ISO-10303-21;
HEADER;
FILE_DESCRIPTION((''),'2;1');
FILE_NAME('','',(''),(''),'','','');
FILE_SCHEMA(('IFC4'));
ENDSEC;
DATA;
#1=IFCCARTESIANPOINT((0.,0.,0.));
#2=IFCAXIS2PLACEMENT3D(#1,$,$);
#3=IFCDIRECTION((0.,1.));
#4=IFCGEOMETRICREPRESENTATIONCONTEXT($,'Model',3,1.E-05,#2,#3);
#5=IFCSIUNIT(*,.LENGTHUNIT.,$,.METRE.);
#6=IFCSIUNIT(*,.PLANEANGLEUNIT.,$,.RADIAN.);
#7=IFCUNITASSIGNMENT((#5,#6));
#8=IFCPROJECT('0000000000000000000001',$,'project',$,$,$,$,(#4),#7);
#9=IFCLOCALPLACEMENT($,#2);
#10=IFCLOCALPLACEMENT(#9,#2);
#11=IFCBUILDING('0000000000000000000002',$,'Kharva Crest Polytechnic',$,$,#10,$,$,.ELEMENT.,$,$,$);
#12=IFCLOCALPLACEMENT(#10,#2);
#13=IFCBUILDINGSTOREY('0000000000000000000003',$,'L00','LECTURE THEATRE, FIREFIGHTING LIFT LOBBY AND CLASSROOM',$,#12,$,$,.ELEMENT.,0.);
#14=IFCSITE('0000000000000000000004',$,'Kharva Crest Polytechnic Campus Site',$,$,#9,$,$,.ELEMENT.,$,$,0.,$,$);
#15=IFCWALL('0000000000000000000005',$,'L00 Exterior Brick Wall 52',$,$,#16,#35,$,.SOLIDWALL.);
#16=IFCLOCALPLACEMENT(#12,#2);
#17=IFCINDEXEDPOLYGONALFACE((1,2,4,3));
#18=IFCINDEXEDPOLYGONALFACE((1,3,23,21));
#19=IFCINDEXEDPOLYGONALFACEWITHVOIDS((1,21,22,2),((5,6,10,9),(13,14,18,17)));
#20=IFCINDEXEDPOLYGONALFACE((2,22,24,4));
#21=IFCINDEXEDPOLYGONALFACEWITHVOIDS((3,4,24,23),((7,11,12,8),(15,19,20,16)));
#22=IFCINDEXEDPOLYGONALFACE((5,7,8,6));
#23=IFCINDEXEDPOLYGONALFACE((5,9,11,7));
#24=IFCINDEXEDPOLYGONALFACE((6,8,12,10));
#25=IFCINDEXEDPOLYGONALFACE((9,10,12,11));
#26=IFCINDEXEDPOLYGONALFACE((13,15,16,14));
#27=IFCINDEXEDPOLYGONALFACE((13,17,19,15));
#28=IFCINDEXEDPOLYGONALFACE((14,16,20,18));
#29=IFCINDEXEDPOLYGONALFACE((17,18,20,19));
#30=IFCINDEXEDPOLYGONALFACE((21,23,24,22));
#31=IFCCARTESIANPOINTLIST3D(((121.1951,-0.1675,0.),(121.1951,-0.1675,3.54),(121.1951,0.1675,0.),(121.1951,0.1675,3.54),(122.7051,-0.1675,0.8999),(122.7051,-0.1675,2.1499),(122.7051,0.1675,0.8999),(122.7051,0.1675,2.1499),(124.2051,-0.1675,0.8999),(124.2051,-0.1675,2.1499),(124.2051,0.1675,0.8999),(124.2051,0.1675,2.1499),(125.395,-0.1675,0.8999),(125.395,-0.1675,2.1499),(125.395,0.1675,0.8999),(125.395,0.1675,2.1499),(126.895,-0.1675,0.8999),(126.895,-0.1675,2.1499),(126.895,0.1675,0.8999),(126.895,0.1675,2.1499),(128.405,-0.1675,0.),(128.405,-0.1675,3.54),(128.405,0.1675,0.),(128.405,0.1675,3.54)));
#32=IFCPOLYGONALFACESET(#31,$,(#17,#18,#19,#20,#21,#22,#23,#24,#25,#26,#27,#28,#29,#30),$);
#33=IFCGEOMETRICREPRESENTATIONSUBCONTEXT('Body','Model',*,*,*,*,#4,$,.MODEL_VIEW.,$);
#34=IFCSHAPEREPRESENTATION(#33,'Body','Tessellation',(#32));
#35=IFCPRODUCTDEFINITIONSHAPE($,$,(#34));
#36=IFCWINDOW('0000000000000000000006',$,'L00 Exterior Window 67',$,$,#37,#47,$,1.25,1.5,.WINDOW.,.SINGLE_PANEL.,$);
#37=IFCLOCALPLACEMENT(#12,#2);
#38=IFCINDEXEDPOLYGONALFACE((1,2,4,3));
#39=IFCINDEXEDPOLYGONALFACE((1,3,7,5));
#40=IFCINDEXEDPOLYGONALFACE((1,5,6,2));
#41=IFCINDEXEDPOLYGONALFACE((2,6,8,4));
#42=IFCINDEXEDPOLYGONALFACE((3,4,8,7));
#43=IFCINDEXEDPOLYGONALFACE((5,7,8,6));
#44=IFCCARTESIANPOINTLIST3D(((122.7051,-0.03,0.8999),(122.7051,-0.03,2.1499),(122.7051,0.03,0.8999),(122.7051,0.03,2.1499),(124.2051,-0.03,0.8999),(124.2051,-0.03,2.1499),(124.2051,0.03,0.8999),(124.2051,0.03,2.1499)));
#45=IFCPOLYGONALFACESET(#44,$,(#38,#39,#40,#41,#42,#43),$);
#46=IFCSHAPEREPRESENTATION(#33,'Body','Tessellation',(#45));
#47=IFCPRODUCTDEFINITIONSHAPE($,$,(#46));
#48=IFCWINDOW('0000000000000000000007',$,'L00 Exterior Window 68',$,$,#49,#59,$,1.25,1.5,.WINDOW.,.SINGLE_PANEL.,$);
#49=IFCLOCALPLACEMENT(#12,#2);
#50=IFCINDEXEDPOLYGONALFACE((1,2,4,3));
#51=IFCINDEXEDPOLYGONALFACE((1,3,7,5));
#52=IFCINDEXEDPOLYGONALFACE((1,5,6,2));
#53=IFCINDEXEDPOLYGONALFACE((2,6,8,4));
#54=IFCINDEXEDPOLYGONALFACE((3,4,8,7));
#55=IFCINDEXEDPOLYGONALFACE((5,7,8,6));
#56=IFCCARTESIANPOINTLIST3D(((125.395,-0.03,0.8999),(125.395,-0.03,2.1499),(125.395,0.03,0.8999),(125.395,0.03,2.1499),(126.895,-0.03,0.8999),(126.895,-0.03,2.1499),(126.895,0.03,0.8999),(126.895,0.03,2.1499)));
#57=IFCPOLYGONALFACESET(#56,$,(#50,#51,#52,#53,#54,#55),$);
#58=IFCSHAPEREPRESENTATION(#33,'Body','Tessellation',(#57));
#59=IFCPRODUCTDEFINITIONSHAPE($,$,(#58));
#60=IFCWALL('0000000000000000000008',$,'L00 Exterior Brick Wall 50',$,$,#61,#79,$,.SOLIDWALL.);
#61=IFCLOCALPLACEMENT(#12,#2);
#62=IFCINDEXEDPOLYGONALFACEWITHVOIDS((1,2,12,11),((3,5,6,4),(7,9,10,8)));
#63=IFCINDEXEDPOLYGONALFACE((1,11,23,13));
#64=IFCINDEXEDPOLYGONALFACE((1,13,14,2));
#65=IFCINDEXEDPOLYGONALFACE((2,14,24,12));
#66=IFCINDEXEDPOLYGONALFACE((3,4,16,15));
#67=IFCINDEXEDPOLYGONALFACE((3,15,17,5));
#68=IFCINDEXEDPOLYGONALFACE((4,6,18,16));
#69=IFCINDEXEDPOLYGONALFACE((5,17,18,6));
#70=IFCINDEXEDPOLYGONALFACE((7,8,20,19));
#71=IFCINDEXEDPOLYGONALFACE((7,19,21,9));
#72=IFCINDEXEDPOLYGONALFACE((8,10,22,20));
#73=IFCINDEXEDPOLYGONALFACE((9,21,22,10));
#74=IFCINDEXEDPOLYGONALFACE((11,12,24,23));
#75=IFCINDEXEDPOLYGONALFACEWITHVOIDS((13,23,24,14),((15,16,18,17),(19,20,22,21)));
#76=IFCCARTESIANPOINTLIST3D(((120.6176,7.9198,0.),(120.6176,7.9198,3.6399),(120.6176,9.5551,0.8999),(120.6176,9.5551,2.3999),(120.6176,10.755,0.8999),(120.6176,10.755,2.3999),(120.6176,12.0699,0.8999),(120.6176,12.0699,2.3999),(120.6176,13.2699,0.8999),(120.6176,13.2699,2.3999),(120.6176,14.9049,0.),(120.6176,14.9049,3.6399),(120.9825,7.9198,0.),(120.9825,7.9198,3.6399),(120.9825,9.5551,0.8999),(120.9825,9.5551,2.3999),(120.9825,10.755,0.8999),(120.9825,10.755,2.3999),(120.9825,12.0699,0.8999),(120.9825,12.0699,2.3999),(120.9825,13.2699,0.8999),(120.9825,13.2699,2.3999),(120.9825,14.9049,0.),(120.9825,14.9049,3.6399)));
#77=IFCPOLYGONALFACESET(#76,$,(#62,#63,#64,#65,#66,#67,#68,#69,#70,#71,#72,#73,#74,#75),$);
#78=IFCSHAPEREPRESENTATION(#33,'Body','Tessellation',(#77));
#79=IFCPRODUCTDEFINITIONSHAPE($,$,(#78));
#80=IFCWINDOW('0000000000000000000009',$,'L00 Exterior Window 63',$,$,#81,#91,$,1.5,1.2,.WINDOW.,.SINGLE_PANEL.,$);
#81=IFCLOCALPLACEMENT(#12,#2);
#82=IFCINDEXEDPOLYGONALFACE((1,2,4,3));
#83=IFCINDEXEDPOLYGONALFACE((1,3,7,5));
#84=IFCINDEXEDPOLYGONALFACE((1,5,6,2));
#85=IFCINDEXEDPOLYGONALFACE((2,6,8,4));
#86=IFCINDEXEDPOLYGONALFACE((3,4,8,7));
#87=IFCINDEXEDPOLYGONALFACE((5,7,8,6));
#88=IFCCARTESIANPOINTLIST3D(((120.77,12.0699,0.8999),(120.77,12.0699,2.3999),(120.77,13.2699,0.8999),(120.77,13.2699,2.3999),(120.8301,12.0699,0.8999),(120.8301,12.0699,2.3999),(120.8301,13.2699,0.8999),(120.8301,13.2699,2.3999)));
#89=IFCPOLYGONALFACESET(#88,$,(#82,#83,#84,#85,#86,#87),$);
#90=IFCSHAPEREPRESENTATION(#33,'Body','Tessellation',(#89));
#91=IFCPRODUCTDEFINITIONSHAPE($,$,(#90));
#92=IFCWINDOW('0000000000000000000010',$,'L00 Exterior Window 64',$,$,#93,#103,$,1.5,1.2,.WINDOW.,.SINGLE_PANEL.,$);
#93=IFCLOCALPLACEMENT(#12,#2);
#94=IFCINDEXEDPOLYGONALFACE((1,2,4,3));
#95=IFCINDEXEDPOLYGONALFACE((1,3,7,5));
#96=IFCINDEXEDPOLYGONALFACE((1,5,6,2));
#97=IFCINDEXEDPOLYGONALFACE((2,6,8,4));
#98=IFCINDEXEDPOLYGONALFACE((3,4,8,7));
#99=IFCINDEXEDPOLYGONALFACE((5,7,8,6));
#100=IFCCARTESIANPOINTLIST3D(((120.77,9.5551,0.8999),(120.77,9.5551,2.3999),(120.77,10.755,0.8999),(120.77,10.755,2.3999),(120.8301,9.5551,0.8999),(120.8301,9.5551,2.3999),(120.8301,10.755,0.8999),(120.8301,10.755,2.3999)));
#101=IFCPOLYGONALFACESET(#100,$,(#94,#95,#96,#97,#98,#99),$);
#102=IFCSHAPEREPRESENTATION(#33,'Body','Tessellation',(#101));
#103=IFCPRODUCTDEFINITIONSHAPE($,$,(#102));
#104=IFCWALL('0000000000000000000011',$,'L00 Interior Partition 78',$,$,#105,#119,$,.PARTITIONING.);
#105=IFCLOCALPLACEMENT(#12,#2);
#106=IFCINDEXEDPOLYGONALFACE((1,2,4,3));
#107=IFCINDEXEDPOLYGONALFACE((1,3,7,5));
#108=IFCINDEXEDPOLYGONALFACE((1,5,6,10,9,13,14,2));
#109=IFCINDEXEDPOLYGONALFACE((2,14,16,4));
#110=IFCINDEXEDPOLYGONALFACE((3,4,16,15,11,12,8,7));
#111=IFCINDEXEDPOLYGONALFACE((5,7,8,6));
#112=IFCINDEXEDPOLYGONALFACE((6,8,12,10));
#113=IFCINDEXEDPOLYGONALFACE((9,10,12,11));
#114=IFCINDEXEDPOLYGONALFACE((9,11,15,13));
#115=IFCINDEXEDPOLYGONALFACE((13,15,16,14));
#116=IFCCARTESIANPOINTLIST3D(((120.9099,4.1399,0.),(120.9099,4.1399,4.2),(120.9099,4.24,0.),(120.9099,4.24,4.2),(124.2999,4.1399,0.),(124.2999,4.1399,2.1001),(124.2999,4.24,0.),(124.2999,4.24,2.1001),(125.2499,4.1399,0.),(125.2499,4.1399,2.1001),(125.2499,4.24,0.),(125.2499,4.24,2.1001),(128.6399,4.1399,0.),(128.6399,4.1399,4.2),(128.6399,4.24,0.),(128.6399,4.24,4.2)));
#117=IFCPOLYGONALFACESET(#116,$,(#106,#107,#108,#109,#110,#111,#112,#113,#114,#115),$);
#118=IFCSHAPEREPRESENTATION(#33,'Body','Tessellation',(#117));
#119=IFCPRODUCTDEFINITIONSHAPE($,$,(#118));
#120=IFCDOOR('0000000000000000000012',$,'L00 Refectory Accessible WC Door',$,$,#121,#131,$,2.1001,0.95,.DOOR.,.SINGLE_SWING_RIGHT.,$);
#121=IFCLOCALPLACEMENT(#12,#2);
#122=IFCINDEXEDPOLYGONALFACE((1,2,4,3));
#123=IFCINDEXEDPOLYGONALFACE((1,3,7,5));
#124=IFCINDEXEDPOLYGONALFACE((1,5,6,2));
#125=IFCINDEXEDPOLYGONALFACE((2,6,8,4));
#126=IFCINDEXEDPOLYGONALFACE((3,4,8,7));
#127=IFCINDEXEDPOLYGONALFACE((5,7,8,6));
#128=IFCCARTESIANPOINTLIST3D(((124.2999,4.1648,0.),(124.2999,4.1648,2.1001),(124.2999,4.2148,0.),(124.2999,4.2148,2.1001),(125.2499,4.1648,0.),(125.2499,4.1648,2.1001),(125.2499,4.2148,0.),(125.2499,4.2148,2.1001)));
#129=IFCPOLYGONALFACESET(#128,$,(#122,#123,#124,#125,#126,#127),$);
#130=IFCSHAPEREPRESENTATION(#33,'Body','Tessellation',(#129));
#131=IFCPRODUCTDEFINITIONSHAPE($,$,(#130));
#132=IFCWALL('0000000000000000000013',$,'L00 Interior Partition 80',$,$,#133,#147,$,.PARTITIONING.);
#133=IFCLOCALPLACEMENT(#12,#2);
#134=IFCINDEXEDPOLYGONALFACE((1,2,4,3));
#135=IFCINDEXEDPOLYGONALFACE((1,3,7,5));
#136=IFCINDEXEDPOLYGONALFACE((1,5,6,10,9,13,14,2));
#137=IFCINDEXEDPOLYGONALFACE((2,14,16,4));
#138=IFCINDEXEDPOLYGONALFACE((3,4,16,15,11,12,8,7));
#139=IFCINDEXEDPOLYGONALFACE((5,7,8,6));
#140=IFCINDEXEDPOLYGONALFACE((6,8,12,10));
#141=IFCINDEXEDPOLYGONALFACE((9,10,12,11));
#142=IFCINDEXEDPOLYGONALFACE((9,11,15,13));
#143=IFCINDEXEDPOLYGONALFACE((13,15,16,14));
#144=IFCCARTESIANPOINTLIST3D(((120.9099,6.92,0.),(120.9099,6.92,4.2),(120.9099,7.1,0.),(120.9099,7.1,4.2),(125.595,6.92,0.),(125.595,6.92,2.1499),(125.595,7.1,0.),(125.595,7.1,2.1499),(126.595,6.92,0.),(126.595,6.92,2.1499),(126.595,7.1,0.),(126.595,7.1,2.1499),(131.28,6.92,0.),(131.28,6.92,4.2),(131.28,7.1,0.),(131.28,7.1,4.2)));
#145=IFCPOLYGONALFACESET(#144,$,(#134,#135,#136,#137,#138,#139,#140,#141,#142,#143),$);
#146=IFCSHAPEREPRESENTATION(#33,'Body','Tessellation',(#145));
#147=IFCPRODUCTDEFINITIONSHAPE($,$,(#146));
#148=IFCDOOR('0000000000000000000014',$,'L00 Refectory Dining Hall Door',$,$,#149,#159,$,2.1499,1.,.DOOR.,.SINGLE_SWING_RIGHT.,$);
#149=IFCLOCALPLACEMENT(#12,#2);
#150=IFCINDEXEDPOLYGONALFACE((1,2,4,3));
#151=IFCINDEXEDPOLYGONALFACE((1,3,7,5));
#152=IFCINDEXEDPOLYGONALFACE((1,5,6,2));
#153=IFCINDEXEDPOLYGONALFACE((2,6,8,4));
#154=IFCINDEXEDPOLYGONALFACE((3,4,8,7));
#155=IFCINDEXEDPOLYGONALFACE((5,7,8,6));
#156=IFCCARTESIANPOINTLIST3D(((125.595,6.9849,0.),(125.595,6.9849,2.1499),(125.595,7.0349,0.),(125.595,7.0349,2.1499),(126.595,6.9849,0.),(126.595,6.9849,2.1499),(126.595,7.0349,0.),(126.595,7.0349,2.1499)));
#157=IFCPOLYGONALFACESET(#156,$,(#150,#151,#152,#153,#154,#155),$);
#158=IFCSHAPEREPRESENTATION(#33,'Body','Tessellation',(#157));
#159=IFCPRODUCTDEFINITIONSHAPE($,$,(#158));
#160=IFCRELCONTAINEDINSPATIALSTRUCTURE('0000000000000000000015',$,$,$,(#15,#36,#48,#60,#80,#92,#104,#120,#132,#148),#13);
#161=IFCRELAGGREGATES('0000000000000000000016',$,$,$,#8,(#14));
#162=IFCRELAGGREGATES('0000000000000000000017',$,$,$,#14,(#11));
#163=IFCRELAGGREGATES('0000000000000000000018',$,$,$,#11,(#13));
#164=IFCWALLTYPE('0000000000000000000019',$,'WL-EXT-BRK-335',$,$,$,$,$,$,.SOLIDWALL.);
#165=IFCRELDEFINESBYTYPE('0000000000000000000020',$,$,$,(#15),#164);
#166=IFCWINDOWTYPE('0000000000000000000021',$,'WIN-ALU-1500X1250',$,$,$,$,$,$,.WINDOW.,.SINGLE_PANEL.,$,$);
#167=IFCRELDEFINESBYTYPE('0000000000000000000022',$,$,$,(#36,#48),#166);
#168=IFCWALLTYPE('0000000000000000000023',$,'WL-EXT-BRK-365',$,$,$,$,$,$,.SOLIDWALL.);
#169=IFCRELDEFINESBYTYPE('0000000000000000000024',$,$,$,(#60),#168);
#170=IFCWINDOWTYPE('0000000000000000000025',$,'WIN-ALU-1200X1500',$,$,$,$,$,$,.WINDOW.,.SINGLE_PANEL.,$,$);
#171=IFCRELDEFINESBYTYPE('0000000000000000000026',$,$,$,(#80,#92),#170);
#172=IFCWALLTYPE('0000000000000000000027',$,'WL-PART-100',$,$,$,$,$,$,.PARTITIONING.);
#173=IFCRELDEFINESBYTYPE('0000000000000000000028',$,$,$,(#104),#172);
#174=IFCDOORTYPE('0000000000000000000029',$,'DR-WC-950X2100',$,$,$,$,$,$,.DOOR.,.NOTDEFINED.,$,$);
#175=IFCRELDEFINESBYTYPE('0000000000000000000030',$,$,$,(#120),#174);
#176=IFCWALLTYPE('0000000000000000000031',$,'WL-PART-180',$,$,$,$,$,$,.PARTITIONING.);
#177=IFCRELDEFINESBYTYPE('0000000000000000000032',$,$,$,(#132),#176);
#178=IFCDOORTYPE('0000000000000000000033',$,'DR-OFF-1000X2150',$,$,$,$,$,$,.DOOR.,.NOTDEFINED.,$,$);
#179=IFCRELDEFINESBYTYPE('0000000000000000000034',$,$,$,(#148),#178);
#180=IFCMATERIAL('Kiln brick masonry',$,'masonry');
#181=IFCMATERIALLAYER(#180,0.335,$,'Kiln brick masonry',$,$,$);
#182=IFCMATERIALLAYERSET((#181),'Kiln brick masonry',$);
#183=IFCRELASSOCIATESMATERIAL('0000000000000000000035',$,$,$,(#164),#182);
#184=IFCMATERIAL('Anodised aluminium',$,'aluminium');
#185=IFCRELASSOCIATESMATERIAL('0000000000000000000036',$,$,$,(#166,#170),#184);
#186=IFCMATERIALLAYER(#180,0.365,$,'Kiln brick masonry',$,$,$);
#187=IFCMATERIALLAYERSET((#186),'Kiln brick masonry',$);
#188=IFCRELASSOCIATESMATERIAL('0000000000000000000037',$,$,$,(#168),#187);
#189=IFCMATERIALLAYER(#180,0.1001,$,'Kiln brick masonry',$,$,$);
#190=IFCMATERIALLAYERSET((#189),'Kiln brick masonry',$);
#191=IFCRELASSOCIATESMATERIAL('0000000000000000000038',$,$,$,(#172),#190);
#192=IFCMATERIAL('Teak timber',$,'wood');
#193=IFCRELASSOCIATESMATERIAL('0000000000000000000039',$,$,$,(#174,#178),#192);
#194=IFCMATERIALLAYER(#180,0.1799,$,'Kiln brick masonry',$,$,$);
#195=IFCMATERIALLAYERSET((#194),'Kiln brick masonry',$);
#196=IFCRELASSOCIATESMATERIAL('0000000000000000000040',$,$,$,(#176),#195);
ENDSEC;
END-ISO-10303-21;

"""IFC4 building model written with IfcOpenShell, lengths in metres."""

from ifc_helpers import new_model, si_unit, direction, frame, frame_2d, origin, place, context, subcontext, project, spatial, rectangle, extrude, material, layer, layer_set, type_object, element, fill, save


model = new_model("IFC4")

# Units and contexts
model_context = context("Model", 3, precision=1e-05, world=origin(), true_north=direction((0.0, 1.0)))
body_context = subcontext(model_context, "Body", "Model", "MODEL_VIEW")
ifc_project = project(units=[si_unit("LENGTHUNIT", "METRE"), si_unit("PLANEANGLEUNIT", "RADIAN")], contexts=[model_context])

# Site, building, storey
site_placement = place(None, origin())
site = spatial("IfcSite", under=ifc_project, at=site_placement, Name="Kharva Crest Polytechnic Campus Site", CompositionType="ELEMENT", RefElevation=0.0)
building_placement = place(site_placement, origin())
building = spatial("IfcBuilding", under=site, at=building_placement, Name="Kharva Crest Polytechnic", CompositionType="ELEMENT")
storey_placement = place(building_placement, origin())
storey = spatial("IfcBuildingStorey", under=building, at=storey_placement, Name="L00", Description="LECTURE THEATRE, FIREFIGHTING LIFT LOBBY AND CLASSROOM", CompositionType="ELEMENT", Elevation=0.0)

# Shared definitions
ifc_material_1 = material(Name="Teak timber", Category="wood")

# Shared definitions
ifc_material_2 = material(Name="Kiln brick masonry", Category="masonry")

# Walls, openings, windows
ifc_layer_1 = layer(ifc_material_2, 0.335, Name="Kiln brick masonry")
ifc_layer_set_1 = layer_set([ifc_layer_1], Name="Kiln brick masonry")
wall_type_1 = type_object("IfcWallType", Name="WL-EXT-BRK-335", PredefinedType="SOLIDWALL", material=ifc_layer_set_1)
wall_1_placement = place(storey_placement, frame((121.1951, 0.0, 0.0), z_axis=(0.0, 0.0, 1.0), x_axis=(1.0, 0.0, 0.0)))
wall_1 = element("IfcWall", 1, at=wall_1_placement, inside=storey, type_object=wall_type_1, Name="L00 Exterior Brick Wall 52", PredefinedType="SOLIDWALL", context=body_context, shape_type="SweptSolid", body=[
    extrude(rectangle(XDim=7.21, YDim=0.335, at=frame_2d((3.605, 0.0))), origin(), (0.0, 0.0, 1.0), 3.54),
])
opening_1_placement = place(wall_1_placement, frame((1.51, 0.0, 0.8999)))
opening_1 = element("IfcOpeningElement", 2, at=opening_1_placement, cuts=wall_1, PredefinedType="OPENING", context=body_context, shape_type="SweptSolid", body=[
    extrude(rectangle(XDim=1.5, YDim=1.25, at=frame_2d((0.75, 0.625))), frame((0.0, 0.1775, 0.0), z_axis=(0.0, -1.0, 0.0), x_axis=(1.0, 0.0, 0.0)), (0.0, 0.0, 1.0), 0.355),
])
opening_2_placement = place(wall_1_placement, frame((4.2, 0.0, 0.8999)))
opening_2 = element("IfcOpeningElement", 3, at=opening_2_placement, cuts=wall_1, PredefinedType="OPENING", context=body_context, shape_type="SweptSolid", body=[
    extrude(rectangle(XDim=1.5, YDim=1.25, at=frame_2d((0.75, 0.625))), frame((0.0, 0.1775, 0.0), z_axis=(0.0, -1.0, 0.0), x_axis=(1.0, 0.0, 0.0)), (0.0, 0.0, 1.0), 0.355),
])
ifc_material_3 = material(Name="Anodised aluminium", Category="aluminium")
window_type_1 = type_object("IfcWindowType", Name="WIN-ALU-1500X1250", PartitioningType="SINGLE_PANEL", PredefinedType="WINDOW", material=ifc_material_3)
window_1_placement = place(opening_1_placement, origin())
window_1 = element("IfcWindow", 4, at=window_1_placement, inside=storey, type_object=window_type_1, Name="L00 Exterior Window 67", OverallHeight=1.25, OverallWidth=1.5, PartitioningType="SINGLE_PANEL", PredefinedType="WINDOW", context=body_context, shape_type="SweptSolid", body=[
    extrude(rectangle(XDim=1.5, YDim=1.25, at=frame_2d((0.75, 0.625))), frame((0.0, 0.03, 0.0), z_axis=(0.0, -1.0, 0.0), x_axis=(1.0, 0.0, 0.0)), (0.0, 0.0, 1.0), 0.0601),
])
fill(opening_1, window_1)
window_2_placement = place(opening_2_placement, origin())
window_2 = element("IfcWindow", 5, at=window_2_placement, inside=storey, type_object=window_type_1, Name="L00 Exterior Window 68", OverallHeight=1.25, OverallWidth=1.5, PartitioningType="SINGLE_PANEL", PredefinedType="WINDOW", context=body_context, shape_type="SweptSolid", body=[
    extrude(rectangle(XDim=1.5, YDim=1.25, at=frame_2d((0.75, 0.625))), frame((0.0, 0.03, 0.0), z_axis=(0.0, -1.0, 0.0), x_axis=(1.0, 0.0, 0.0)), (0.0, 0.0, 1.0), 0.0601),
])
fill(opening_2, window_2)
ifc_layer_2 = layer(ifc_material_2, 0.365, Name="Kiln brick masonry")
ifc_layer_set_2 = layer_set([ifc_layer_2], Name="Kiln brick masonry")
wall_type_2 = type_object("IfcWallType", Name="WL-EXT-BRK-365", PredefinedType="SOLIDWALL", material=ifc_layer_set_2)
wall_2_placement = place(storey_placement, frame((120.8, 14.905, 0.0), z_axis=(0.0, 0.0, 1.0), x_axis=(0.0, -1.0, 0.0)))
wall_2 = element("IfcWall", 6, at=wall_2_placement, inside=storey, type_object=wall_type_2, Name="L00 Exterior Brick Wall 50", PredefinedType="SOLIDWALL", context=body_context, shape_type="SweptSolid", body=[
    extrude(rectangle(XDim=6.9851, YDim=0.365, at=frame_2d((3.4927, 0.0))), origin(), (0.0, 0.0, 1.0), 3.6399),
])
opening_3_placement = place(wall_2_placement, frame((1.635, 0.0, 0.8999)))
opening_3 = element("IfcOpeningElement", 7, at=opening_3_placement, cuts=wall_2, PredefinedType="OPENING", context=body_context, shape_type="SweptSolid", body=[
    extrude(rectangle(XDim=1.2, YDim=1.5, at=frame_2d((0.6001, 0.75))), frame((0.0, 0.1924, 0.0), z_axis=(0.0, -1.0, 0.0), x_axis=(1.0, 0.0, 0.0)), (0.0, 0.0, 1.0), 0.385),
])
opening_4_placement = place(wall_2_placement, frame((4.1499, 0.0, 0.8999)))
opening_4 = element("IfcOpeningElement", 8, at=opening_4_placement, cuts=wall_2, PredefinedType="OPENING", context=body_context, shape_type="SweptSolid", body=[
    extrude(rectangle(XDim=1.2, YDim=1.5, at=frame_2d((0.6001, 0.75))), frame((0.0, 0.1924, 0.0), z_axis=(0.0, -1.0, 0.0), x_axis=(1.0, 0.0, 0.0)), (0.0, 0.0, 1.0), 0.385),
])
window_type_2 = type_object("IfcWindowType", Name="WIN-ALU-1200X1500", PartitioningType="SINGLE_PANEL", PredefinedType="WINDOW", material=ifc_material_3)
window_3_placement = place(opening_3_placement, origin())
window_3 = element("IfcWindow", 9, at=window_3_placement, inside=storey, type_object=window_type_2, Name="L00 Exterior Window 63", OverallHeight=1.5, OverallWidth=1.2, PartitioningType="SINGLE_PANEL", PredefinedType="WINDOW", context=body_context, shape_type="SweptSolid", body=[
    extrude(rectangle(XDim=1.2, YDim=1.5, at=frame_2d((0.6001, 0.75))), frame((0.0, 0.03, 0.0), z_axis=(0.0, -1.0, 0.0), x_axis=(1.0, 0.0, 0.0)), (0.0, 0.0, 1.0), 0.0601),
])
fill(opening_3, window_3)
window_4_placement = place(opening_4_placement, origin())
window_4 = element("IfcWindow", 10, at=window_4_placement, inside=storey, type_object=window_type_2, Name="L00 Exterior Window 64", OverallHeight=1.5, OverallWidth=1.2, PartitioningType="SINGLE_PANEL", PredefinedType="WINDOW", context=body_context, shape_type="SweptSolid", body=[
    extrude(rectangle(XDim=1.2, YDim=1.5, at=frame_2d((0.6001, 0.75))), frame((0.0, 0.03, 0.0), z_axis=(0.0, -1.0, 0.0), x_axis=(1.0, 0.0, 0.0)), (0.0, 0.0, 1.0), 0.0601),
])
fill(opening_4, window_4)

# Walls, openings, doors
ifc_layer_3 = layer(ifc_material_2, 0.1001, Name="Kiln brick masonry")
ifc_layer_set_3 = layer_set([ifc_layer_3], Name="Kiln brick masonry")
wall_type_3 = type_object("IfcWallType", Name="WL-PART-100", PredefinedType="PARTITIONING", material=ifc_layer_set_3)
wall_3_placement = place(storey_placement, frame((120.9099, 4.1899, 0.0), z_axis=(0.0, 0.0, 1.0), x_axis=(1.0, 0.0, 0.0)))
wall_3 = element("IfcWall", 11, at=wall_3_placement, inside=storey, type_object=wall_type_3, Name="L00 Interior Partition 78", PredefinedType="PARTITIONING", context=body_context, shape_type="SweptSolid", body=[
    extrude(rectangle(XDim=7.73, YDim=0.1001, at=frame_2d((3.865, 0.0))), origin(), (0.0, 0.0, 1.0), 4.2),
])
opening_5_placement = place(wall_3_placement, frame((3.3899, 0.0, 0.0)))
opening_5 = element("IfcOpeningElement", 12, at=opening_5_placement, cuts=wall_3, PredefinedType="OPENING", context=body_context, shape_type="SweptSolid", body=[
    extrude(rectangle(XDim=0.95, YDim=2.1001, at=frame_2d((0.4751, 1.05))), frame((0.0, 0.0601, 0.0), z_axis=(0.0, -1.0, 0.0), x_axis=(1.0, 0.0, 0.0)), (0.0, 0.0, 1.0), 0.1201),
])
door_type_1 = type_object("IfcDoorType", Name="DR-WC-950X2100", OperationType="NOTDEFINED", PredefinedType="DOOR", material=ifc_material_1)
door_1_placement = place(opening_5_placement, origin())
door_1 = element("IfcDoor", 13, at=door_1_placement, inside=storey, type_object=door_type_1, Name="L00 Refectory Accessible WC Door", OperationType="SINGLE_SWING_RIGHT", OverallHeight=2.1001, OverallWidth=0.95, PredefinedType="DOOR", context=body_context, shape_type="SweptSolid", body=[
    extrude(rectangle(XDim=0.95, YDim=2.1001, at=frame_2d((0.4751, 1.05))), frame((0.0, 0.0249, 0.0), z_axis=(0.0, -1.0, 0.0), x_axis=(1.0, 0.0, 0.0)), (0.0, 0.0, 1.0), 0.05),
])
fill(opening_5, door_1)
ifc_layer_4 = layer(ifc_material_2, 0.1799, Name="Kiln brick masonry")
ifc_layer_set_4 = layer_set([ifc_layer_4], Name="Kiln brick masonry")
wall_type_4 = type_object("IfcWallType", Name="WL-PART-180", PredefinedType="PARTITIONING", material=ifc_layer_set_4)
wall_4_placement = place(storey_placement, frame((120.9099, 7.01, 0.0), z_axis=(0.0, 0.0, 1.0), x_axis=(1.0, 0.0, 0.0)))
wall_4 = element("IfcWall", 14, at=wall_4_placement, inside=storey, type_object=wall_type_4, Name="L00 Interior Partition 80", PredefinedType="PARTITIONING", context=body_context, shape_type="SweptSolid", body=[
    extrude(rectangle(XDim=10.3701, YDim=0.1799, at=frame_2d((5.1851, 0.0))), origin(), (0.0, 0.0, 1.0), 4.2),
])
opening_6_placement = place(wall_4_placement, frame((4.6851, 0.0, 0.0)))
opening_6 = element("IfcOpeningElement", 15, at=opening_6_placement, cuts=wall_4, PredefinedType="OPENING", context=body_context, shape_type="SweptSolid", body=[
    extrude(rectangle(XDim=1.0, YDim=2.1499, at=frame_2d((0.5, 1.075))), frame((0.0, 0.0999, 0.0), z_axis=(0.0, -1.0, 0.0), x_axis=(1.0, 0.0, 0.0)), (0.0, 0.0, 1.0), 0.2),
])
door_type_2 = type_object("IfcDoorType", Name="DR-OFF-1000X2150", OperationType="NOTDEFINED", PredefinedType="DOOR", material=ifc_material_1)
door_2_placement = place(opening_6_placement, origin())
door_2 = element("IfcDoor", 16, at=door_2_placement, inside=storey, type_object=door_type_2, Name="L00 Refectory Dining Hall Door", OperationType="SINGLE_SWING_RIGHT", OverallHeight=2.1499, OverallWidth=1.0, PredefinedType="DOOR", context=body_context, shape_type="SweptSolid", body=[
    extrude(rectangle(XDim=1.0, YDim=2.1499, at=frame_2d((0.5, 1.075))), frame((0.0, 0.0249, 0.0), z_axis=(0.0, -1.0, 0.0), x_axis=(1.0, 0.0, 0.0)), (0.0, 0.0, 1.0), 0.05),
])
fill(opening_6, door_2)

save(model, "model.ifc")
